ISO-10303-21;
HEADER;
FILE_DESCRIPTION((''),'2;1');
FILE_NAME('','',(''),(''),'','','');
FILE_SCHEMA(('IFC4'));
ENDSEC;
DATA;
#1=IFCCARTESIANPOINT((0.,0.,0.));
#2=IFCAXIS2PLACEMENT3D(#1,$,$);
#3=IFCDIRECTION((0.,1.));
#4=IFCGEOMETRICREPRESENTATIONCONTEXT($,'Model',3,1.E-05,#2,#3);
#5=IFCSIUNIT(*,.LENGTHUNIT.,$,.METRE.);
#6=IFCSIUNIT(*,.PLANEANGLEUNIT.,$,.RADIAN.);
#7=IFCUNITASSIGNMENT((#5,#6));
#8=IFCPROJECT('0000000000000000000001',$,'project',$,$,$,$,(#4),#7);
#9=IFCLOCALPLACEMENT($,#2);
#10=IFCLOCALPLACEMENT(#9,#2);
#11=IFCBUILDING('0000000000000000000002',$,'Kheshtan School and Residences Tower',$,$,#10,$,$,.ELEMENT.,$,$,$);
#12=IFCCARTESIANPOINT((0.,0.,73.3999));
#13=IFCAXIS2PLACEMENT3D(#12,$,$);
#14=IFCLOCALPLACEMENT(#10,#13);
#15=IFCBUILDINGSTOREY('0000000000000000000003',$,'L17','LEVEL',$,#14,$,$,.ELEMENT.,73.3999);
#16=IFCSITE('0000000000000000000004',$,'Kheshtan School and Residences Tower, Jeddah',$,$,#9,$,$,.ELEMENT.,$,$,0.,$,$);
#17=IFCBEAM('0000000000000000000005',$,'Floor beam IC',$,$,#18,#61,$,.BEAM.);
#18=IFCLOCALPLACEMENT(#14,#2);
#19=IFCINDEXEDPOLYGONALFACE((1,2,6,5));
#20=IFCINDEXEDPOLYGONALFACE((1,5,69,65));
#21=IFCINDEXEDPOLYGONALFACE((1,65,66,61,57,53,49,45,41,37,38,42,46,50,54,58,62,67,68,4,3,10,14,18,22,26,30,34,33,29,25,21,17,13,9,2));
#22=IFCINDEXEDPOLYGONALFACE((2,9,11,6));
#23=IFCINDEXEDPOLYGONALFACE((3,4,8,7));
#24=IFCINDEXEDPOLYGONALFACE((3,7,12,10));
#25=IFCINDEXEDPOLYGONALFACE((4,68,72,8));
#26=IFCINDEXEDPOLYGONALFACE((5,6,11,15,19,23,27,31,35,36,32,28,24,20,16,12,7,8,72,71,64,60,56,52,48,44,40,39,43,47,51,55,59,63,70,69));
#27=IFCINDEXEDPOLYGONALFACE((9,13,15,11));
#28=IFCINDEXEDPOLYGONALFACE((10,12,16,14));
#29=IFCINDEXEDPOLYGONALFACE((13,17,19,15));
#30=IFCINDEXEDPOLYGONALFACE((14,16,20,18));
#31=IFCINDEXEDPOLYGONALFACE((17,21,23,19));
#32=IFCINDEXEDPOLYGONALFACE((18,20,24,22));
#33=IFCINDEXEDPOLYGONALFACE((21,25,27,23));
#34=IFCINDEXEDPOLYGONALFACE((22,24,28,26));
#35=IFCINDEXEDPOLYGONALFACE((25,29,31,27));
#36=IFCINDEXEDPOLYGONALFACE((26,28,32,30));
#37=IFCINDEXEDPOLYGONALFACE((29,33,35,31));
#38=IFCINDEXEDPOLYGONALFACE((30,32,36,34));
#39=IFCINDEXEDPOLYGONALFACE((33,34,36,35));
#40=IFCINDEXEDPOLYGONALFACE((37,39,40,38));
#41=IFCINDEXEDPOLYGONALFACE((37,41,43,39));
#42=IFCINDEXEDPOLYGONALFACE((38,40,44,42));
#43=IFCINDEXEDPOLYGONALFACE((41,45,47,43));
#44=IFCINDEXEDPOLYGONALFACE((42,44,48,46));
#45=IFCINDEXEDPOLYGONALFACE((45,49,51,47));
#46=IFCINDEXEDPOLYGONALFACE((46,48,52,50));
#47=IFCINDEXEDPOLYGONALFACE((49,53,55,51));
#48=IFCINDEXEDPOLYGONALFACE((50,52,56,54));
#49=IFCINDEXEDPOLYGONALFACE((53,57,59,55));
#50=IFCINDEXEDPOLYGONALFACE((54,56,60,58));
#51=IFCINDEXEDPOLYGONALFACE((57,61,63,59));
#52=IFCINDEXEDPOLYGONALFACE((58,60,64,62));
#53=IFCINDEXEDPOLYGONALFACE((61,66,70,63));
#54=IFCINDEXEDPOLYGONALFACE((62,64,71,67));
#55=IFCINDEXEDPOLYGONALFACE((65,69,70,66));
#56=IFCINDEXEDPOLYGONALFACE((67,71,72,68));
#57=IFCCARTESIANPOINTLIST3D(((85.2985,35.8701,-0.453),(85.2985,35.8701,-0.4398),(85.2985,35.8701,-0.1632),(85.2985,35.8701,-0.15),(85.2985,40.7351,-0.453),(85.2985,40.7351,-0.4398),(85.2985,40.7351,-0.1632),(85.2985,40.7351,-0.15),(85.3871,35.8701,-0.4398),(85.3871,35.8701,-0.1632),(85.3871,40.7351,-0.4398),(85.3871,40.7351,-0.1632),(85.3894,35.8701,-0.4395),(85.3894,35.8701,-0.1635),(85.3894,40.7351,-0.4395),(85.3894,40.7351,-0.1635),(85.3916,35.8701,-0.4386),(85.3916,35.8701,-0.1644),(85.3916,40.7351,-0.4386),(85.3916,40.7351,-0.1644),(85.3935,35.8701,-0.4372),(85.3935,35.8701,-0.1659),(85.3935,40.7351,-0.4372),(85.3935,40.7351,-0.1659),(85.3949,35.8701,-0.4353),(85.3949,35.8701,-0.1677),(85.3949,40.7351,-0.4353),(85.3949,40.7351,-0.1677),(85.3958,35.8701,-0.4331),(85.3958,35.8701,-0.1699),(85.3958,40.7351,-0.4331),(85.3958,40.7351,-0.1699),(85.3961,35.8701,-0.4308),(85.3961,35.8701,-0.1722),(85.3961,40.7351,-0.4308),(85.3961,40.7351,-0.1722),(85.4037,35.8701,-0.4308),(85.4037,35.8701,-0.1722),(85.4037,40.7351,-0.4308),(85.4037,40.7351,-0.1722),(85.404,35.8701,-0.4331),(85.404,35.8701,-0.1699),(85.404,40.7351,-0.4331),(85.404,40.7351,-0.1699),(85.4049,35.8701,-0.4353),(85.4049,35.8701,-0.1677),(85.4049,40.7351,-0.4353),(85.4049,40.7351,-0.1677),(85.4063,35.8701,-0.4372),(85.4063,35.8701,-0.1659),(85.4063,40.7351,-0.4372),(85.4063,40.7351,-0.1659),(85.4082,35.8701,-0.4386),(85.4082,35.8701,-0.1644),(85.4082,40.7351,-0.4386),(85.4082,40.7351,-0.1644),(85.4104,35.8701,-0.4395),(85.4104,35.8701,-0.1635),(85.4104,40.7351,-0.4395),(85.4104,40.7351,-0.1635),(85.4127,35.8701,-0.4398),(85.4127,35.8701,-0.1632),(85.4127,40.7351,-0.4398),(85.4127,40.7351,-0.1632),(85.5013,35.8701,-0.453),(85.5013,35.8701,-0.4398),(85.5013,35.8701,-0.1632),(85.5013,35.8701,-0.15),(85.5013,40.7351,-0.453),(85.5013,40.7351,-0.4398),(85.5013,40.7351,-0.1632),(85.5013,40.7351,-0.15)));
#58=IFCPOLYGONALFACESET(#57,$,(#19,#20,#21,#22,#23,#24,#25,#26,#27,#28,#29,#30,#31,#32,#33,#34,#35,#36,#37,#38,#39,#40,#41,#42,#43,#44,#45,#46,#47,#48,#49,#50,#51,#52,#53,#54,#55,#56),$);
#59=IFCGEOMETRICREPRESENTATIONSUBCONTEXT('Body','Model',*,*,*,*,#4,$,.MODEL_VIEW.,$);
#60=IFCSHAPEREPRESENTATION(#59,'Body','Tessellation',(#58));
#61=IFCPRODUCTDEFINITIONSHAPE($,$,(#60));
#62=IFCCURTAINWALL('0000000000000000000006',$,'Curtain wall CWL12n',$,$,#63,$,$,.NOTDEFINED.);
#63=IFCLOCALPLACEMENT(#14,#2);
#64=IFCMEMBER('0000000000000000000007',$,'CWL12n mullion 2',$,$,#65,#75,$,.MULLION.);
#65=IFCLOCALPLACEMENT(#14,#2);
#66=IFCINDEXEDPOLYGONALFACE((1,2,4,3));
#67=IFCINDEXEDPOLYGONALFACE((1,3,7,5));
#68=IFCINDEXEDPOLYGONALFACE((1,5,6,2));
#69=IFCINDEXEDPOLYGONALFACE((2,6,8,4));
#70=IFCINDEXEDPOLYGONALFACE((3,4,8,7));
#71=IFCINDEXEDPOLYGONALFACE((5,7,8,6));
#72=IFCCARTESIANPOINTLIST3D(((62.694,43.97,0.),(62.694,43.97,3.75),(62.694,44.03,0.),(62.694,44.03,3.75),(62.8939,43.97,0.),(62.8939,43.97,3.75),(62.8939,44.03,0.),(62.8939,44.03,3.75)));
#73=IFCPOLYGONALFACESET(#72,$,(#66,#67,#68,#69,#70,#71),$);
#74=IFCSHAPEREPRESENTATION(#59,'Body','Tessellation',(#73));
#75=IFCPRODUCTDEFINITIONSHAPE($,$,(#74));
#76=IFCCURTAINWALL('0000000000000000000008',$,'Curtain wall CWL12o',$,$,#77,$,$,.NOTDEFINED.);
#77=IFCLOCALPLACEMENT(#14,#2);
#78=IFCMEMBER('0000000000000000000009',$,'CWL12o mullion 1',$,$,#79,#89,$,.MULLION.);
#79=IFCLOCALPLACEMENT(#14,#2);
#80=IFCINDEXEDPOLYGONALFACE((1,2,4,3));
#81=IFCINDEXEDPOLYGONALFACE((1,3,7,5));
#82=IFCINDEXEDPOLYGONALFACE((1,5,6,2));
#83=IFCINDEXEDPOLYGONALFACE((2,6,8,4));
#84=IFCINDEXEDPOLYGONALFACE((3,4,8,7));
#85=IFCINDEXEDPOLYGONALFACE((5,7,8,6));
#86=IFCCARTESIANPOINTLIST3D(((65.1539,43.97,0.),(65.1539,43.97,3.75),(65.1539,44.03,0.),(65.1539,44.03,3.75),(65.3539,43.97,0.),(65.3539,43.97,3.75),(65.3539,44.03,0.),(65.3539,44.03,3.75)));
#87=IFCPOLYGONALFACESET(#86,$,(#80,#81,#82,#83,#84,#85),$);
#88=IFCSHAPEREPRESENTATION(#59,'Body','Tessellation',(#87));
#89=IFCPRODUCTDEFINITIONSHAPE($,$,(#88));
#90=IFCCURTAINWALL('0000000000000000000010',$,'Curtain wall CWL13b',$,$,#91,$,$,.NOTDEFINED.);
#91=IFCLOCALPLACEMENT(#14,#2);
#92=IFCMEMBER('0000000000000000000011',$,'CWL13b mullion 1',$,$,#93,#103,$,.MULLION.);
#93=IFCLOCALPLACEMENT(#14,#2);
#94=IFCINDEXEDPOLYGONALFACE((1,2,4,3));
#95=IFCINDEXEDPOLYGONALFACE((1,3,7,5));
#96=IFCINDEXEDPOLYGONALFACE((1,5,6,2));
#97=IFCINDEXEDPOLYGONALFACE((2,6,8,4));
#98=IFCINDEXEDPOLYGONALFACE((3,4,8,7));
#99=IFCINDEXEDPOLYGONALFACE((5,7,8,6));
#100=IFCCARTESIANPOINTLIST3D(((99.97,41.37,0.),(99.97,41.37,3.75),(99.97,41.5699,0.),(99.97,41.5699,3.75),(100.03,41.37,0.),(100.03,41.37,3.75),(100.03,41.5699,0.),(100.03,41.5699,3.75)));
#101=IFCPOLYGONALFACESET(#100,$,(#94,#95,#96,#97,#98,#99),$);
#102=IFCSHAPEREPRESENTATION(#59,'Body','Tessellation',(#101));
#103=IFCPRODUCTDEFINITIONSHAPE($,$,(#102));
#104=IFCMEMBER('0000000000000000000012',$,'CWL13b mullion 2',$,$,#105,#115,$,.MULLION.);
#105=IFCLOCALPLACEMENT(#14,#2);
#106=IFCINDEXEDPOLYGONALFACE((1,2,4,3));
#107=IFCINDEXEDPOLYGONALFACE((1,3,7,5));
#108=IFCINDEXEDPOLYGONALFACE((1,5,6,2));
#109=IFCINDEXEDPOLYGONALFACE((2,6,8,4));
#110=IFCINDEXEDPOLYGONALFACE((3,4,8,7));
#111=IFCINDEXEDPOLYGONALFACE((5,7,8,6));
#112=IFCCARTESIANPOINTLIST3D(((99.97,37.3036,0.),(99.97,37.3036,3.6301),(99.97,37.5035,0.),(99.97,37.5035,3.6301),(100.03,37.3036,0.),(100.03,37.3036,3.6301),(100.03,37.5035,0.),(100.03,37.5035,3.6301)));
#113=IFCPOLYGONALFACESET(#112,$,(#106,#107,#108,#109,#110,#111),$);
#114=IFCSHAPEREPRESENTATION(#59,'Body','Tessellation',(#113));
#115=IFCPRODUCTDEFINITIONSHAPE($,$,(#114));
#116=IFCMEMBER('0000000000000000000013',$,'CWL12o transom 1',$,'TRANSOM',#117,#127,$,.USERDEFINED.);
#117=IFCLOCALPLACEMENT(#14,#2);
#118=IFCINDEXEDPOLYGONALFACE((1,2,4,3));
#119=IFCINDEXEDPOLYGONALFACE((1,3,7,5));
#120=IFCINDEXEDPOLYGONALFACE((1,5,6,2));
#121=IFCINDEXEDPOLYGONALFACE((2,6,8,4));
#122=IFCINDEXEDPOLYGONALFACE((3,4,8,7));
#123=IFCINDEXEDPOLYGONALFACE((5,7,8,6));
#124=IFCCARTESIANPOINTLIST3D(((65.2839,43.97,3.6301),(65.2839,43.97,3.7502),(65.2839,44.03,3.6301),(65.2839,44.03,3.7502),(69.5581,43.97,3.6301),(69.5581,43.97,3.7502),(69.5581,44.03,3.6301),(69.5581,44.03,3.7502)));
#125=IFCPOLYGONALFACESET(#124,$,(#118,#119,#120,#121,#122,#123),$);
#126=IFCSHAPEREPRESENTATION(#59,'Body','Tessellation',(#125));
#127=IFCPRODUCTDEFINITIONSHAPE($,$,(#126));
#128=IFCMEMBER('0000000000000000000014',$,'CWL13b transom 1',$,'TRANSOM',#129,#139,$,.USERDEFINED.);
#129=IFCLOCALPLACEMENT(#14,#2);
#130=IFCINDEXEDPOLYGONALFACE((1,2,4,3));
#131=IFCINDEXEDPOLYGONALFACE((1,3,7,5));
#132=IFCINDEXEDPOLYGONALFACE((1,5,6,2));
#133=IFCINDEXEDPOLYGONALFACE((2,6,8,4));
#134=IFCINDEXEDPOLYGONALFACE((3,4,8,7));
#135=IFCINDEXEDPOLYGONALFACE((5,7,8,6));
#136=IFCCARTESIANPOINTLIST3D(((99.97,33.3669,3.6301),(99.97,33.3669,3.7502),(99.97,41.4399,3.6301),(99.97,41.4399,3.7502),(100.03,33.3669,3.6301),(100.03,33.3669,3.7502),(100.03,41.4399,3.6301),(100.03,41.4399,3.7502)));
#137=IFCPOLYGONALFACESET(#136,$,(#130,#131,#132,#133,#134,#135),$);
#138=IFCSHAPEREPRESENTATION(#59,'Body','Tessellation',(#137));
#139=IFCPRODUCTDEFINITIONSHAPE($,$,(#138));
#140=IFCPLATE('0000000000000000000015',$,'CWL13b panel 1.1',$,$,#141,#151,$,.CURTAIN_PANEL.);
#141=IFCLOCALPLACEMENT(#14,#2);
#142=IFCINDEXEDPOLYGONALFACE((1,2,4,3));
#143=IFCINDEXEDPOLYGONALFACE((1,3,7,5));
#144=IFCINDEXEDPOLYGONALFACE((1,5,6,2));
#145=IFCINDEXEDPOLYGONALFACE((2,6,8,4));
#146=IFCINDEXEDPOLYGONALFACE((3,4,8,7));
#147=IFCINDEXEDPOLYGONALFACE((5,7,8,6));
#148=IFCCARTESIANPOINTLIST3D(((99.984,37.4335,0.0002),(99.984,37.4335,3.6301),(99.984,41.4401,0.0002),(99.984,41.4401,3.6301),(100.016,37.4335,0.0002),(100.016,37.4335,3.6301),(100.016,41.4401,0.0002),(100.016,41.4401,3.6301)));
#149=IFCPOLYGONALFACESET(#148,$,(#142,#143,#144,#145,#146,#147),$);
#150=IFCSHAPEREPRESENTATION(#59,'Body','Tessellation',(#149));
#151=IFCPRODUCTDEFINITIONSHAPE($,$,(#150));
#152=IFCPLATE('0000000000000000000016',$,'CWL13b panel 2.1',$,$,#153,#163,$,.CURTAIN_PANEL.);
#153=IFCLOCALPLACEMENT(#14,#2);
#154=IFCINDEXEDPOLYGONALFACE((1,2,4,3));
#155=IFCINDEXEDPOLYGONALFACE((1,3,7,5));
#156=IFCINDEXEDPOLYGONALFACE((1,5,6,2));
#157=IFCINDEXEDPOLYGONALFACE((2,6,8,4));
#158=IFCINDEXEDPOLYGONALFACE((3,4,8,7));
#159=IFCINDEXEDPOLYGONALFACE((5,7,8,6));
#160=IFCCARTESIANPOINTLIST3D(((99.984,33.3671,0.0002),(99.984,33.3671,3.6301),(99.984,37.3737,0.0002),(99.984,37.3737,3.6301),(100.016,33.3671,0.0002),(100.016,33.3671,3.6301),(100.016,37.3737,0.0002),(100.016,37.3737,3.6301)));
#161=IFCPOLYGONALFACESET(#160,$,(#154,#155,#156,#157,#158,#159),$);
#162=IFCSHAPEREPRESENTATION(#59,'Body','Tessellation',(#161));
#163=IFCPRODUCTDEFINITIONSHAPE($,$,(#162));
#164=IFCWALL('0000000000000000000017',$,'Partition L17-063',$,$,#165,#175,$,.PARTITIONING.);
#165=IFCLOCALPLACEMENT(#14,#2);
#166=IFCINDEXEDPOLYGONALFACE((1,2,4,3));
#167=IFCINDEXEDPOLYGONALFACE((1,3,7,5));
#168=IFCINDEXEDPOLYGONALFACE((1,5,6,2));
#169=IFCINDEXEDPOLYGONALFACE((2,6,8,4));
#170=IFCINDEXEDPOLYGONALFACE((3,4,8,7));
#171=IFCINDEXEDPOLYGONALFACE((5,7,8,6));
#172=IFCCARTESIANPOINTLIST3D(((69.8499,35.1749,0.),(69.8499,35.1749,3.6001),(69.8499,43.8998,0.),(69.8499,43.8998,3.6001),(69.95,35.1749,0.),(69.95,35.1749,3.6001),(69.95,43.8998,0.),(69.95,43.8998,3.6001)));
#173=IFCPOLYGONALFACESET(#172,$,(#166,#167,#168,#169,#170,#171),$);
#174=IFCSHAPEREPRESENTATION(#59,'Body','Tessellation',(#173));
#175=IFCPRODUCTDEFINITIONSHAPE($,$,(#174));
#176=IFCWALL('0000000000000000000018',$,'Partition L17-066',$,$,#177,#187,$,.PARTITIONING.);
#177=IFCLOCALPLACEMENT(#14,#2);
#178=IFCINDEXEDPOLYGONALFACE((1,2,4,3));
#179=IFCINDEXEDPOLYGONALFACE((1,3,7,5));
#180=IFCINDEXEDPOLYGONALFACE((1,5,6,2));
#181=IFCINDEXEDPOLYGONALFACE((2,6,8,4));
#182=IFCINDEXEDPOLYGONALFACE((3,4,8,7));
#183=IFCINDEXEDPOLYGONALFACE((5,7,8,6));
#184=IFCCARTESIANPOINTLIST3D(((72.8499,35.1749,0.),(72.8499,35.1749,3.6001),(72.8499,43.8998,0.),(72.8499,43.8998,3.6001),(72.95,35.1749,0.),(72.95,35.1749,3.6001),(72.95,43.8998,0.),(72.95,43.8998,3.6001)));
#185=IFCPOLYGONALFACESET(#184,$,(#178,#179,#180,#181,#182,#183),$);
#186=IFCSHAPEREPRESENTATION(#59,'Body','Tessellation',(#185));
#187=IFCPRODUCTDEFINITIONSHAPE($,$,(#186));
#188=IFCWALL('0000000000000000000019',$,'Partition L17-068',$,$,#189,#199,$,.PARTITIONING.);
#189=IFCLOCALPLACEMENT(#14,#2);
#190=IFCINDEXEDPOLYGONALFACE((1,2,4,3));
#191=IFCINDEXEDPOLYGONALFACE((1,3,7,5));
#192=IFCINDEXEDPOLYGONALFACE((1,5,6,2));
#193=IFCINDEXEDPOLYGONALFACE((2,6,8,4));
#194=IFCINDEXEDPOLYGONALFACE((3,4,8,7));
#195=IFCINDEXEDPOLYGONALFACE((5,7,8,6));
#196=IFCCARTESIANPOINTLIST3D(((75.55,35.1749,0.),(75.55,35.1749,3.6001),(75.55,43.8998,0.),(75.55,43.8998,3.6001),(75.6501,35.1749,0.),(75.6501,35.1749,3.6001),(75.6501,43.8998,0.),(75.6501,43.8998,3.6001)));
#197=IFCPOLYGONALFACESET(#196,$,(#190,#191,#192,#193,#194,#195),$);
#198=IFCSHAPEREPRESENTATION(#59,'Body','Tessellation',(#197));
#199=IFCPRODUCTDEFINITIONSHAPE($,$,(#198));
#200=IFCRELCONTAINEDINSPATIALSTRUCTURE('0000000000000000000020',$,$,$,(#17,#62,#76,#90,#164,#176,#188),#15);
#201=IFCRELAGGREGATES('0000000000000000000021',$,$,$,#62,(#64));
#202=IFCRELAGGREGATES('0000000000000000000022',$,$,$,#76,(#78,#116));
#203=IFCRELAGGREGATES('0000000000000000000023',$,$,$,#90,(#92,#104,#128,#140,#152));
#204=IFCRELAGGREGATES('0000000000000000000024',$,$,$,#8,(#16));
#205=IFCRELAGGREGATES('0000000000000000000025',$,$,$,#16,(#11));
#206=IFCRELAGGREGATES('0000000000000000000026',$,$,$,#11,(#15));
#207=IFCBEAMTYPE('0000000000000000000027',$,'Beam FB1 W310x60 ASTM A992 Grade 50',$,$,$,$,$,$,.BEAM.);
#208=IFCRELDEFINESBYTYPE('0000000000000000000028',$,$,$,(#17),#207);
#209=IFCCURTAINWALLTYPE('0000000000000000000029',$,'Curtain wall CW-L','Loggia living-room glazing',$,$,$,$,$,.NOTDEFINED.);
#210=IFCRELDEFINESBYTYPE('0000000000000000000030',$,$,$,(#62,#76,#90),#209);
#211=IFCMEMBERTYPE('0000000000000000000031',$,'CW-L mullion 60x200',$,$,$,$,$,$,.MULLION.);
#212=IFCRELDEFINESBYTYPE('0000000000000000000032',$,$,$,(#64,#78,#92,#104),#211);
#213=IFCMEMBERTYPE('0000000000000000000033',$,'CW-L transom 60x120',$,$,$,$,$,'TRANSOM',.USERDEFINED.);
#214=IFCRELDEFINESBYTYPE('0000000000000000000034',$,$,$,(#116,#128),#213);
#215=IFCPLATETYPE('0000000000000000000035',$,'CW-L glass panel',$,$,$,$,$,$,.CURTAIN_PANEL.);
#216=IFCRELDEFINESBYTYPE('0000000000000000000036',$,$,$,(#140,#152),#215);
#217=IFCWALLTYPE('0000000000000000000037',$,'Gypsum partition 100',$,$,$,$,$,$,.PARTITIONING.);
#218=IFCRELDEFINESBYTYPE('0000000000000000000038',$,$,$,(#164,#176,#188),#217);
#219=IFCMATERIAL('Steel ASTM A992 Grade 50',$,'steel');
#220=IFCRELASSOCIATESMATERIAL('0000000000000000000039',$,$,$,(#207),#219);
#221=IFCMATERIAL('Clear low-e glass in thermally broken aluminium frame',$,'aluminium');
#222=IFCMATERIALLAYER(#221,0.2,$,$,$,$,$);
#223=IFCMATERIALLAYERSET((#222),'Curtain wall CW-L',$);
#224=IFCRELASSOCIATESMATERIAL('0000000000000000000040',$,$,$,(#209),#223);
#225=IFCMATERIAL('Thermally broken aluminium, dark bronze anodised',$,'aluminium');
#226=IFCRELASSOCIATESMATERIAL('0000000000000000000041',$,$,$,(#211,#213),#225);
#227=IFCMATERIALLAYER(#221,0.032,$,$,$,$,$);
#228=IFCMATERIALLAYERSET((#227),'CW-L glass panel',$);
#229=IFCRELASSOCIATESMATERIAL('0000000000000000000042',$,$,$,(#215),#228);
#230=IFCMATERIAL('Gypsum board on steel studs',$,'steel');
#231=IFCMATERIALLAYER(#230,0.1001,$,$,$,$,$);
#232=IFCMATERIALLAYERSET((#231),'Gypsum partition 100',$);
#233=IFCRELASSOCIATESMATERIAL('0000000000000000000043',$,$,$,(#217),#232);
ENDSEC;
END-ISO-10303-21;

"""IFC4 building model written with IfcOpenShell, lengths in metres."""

from ifc_helpers import new_model, si_unit, direction, frame, frame_2d, origin, origin_2d, place, context, subcontext, project, spatial, rectangle, i_section, extrude, material, layer, layer_set, material_profile, profile_set, type_object, element, aggregate, save


model = new_model("IFC4")

# Units and contexts
model_context = context("Model", 3, precision=1e-05, world=origin(), true_north=direction((0.0, 1.0)))
body_context = subcontext(model_context, "Body", "Model", "MODEL_VIEW")
ifc_project = project(units=[si_unit("LENGTHUNIT", "METRE"), si_unit("PLANEANGLEUNIT", "RADIAN")], contexts=[model_context])

# Site, building, storey
site_placement = place(None, origin())
site = spatial("IfcSite", under=ifc_project, at=site_placement, Name="Kheshtan School and Residences Tower, Jeddah", CompositionType="ELEMENT", RefElevation=0.0)
building_placement = place(site_placement, origin())
building = spatial("IfcBuilding", under=site, at=building_placement, Name="Kheshtan School and Residences Tower", CompositionType="ELEMENT")
storey_placement = place(building_placement, frame((0.0, 0.0, 73.3999)))
storey = spatial("IfcBuildingStorey", under=building, at=storey_placement, Name="L17", Description="LEVEL", CompositionType="ELEMENT", Elevation=73.3999)

# Beam
ifc_material_1 = material(Name="Steel ASTM A992 Grade 50", Category="steel")
ifc_material_profile_1 = material_profile(ifc_material_1, i_section(OverallWidth=0.2029, OverallDepth=0.303, WebThickness=0.0076, FlangeThickness=0.0132, FilletRadius=0.009, at=origin_2d()), Name="W310x60")
ifc_profile_set_1 = profile_set([ifc_material_profile_1], Name="Steel ASTM A992 Grade 50")
beam_type = type_object("IfcBeamType", Name="Beam FB1 W310x60 ASTM A992 Grade 50", PredefinedType="BEAM", material=ifc_profile_set_1)
beam_placement = place(storey_placement, frame((85.3999, 40.7351, -0.3015), z_axis=(0.0, -1.0, 0.0), x_axis=(1.0, 0.0, 0.0)))
element("IfcBeam", 1, at=beam_placement, inside=storey, type_object=beam_type, Name="Floor beam IC", PredefinedType="BEAM", context=body_context, shape_type="SweptSolid", body=[
    extrude(i_section(OverallWidth=0.2029, OverallDepth=0.303, WebThickness=0.0076, FlangeThickness=0.0132, FilletRadius=0.009, at=origin_2d()), origin(), (0.0, 0.0, 1.0), 4.865),
])

# Curtain walls, members
ifc_material_2 = material(Name="Clear low-e glass in thermally broken aluminium frame", Category="aluminium")
ifc_layer_1 = layer(ifc_material_2, 0.2)
ifc_layer_set_1 = layer_set([ifc_layer_1], Name="Curtain wall CW-L")
curtain_wall_type = type_object("IfcCurtainWallType", Name="Curtain wall CW-L", Description="Loggia living-room glazing", PredefinedType="NOTDEFINED", material=ifc_layer_set_1)
curtain_wall_1_placement = place(storey_placement, origin())
curtain_wall_1 = element("IfcCurtainWall", 2, at=curtain_wall_1_placement, inside=storey, type_object=curtain_wall_type, Name="Curtain wall CWL12n", PredefinedType="NOTDEFINED")
ifc_material_3 = material(Name="Thermally broken aluminium, dark bronze anodised", Category="aluminium")
ifc_material_profile_2 = material_profile(ifc_material_3, rectangle(XDim=0.0601, YDim=0.2, at=origin_2d()), Name="CW-L mullion 60x200")
ifc_profile_set_2 = profile_set([ifc_material_profile_2], Name="Thermally broken aluminium, dark bronze anodised")
member_type_1 = type_object("IfcMemberType", Name="CW-L mullion 60x200", PredefinedType="MULLION", material=ifc_profile_set_2)
member_1_placement = place(storey_placement, frame((62.7939, 44.0, 0.0), z_axis=(0.0, 0.0, 1.0), x_axis=(0.0, 1.0, 0.0)))
member_1 = element("IfcMember", 3, at=member_1_placement, type_object=member_type_1, Name="CWL12n mullion 2", PredefinedType="MULLION", context=body_context, shape_type="SweptSolid", body=[
    extrude(rectangle(XDim=0.0601, YDim=0.2, at=origin_2d()), origin(), (0.0, 0.0, 1.0), 3.75),
])
aggregate(curtain_wall_1, [member_1])
curtain_wall_2_placement = place(storey_placement, origin())
curtain_wall_2 = element("IfcCurtainWall", 4, at=curtain_wall_2_placement, inside=storey, type_object=curtain_wall_type, Name="Curtain wall CWL12o", PredefinedType="NOTDEFINED")
member_2_placement = place(storey_placement, frame((65.2539, 44.0, 0.0), z_axis=(0.0, 0.0, 1.0), x_axis=(0.0, 1.0, 0.0)))
member_2 = element("IfcMember", 5, at=member_2_placement, type_object=member_type_1, Name="CWL12o mullion 1", PredefinedType="MULLION", context=body_context, shape_type="SweptSolid", body=[
    extrude(rectangle(XDim=0.0601, YDim=0.2, at=origin_2d()), origin(), (0.0, 0.0, 1.0), 3.75),
])

# Curtain wall, members
curtain_wall_3_placement = place(storey_placement, origin())
curtain_wall_3 = element("IfcCurtainWall", 6, at=curtain_wall_3_placement, inside=storey, type_object=curtain_wall_type, Name="Curtain wall CWL13b", PredefinedType="NOTDEFINED")
member_3_placement = place(storey_placement, frame((100.0, 41.47, 0.0), z_axis=(0.0, 0.0, 1.0), x_axis=(1.0, 0.0, 0.0)))
member_3 = element("IfcMember", 7, at=member_3_placement, type_object=member_type_1, Name="CWL13b mullion 1", PredefinedType="MULLION", context=body_context, shape_type="SweptSolid", body=[
    extrude(rectangle(XDim=0.0601, YDim=0.2, at=origin_2d()), origin(), (0.0, 0.0, 1.0), 3.75),
])
member_4_placement = place(storey_placement, frame((100.0, 37.4036, 0.0), z_axis=(0.0, 0.0, 1.0), x_axis=(1.0, 0.0, 0.0)))
member_4 = element("IfcMember", 8, at=member_4_placement, type_object=member_type_1, Name="CWL13b mullion 2", PredefinedType="MULLION", context=body_context, shape_type="SweptSolid", body=[
    extrude(rectangle(XDim=0.0601, YDim=0.2, at=origin_2d()), origin(), (0.0, 0.0, 1.0), 3.6301),
])

# Members
ifc_material_profile_3 = material_profile(ifc_material_3, rectangle(XDim=0.0601, YDim=0.1201, at=origin_2d()), Name="CW-L transom 60x120")
ifc_profile_set_3 = profile_set([ifc_material_profile_3], Name="Thermally broken aluminium, dark bronze anodised")
member_type_2 = type_object("IfcMemberType", Name="CW-L transom 60x120", ElementType="TRANSOM", PredefinedType="USERDEFINED", material=ifc_profile_set_3)
member_5_placement = place(storey_placement, frame((65.2839, 44.0, 3.6902), z_axis=(1.0, 0.0, 0.0), x_axis=(0.0, 1.0, 0.0)))
member_5 = element("IfcMember", 9, at=member_5_placement, type_object=member_type_2, Name="CWL12o transom 1", ObjectType="TRANSOM", PredefinedType="USERDEFINED", context=body_context, shape_type="SweptSolid", body=[
    extrude(rectangle(XDim=0.0601, YDim=0.1201, at=origin_2d()), origin(), (0.0, 0.0, 1.0), 4.2742),
])
aggregate(curtain_wall_2, [member_2, member_5])
member_6_placement = place(storey_placement, frame((100.0, 41.4399, 3.6902), z_axis=(0.0, -1.0, 0.0), x_axis=(1.0, 0.0, 0.0)))
member_6 = element("IfcMember", 10, at=member_6_placement, type_object=member_type_2, Name="CWL13b transom 1", ObjectType="TRANSOM", PredefinedType="USERDEFINED", context=body_context, shape_type="SweptSolid", body=[
    extrude(rectangle(XDim=0.0601, YDim=0.1201, at=origin_2d()), origin(), (0.0, 0.0, 1.0), 8.073),
])

# Plates
ifc_layer_2 = layer(ifc_material_2, 0.032)
ifc_layer_set_2 = layer_set([ifc_layer_2], Name="CW-L glass panel")
plate_type = type_object("IfcPlateType", Name="CW-L glass panel", PredefinedType="CURTAIN_PANEL", material=ifc_layer_set_2)
plate_1_placement = place(storey_placement, frame((100.0, 39.4368, 0.0002), z_axis=(0.0, 0.0, 1.0), x_axis=(0.0, -1.0, 0.0)))
plate_1 = element("IfcPlate", 11, at=plate_1_placement, type_object=plate_type, Name="CWL13b panel 1.1", PredefinedType="CURTAIN_PANEL", context=body_context, shape_type="SweptSolid", body=[
    extrude(rectangle(XDim=4.0066, YDim=0.032, at=origin_2d()), origin(), (0.0, 0.0, 1.0), 3.6299),
])
plate_2_placement = place(storey_placement, frame((100.0, 35.3704, 0.0002), z_axis=(0.0, 0.0, 1.0), x_axis=(0.0, -1.0, 0.0)))
plate_2 = element("IfcPlate", 12, at=plate_2_placement, type_object=plate_type, Name="CWL13b panel 2.1", PredefinedType="CURTAIN_PANEL", context=body_context, shape_type="SweptSolid", body=[
    extrude(rectangle(XDim=4.0066, YDim=0.032, at=origin_2d()), origin(), (0.0, 0.0, 1.0), 3.6299),
])
aggregate(curtain_wall_3, [member_3, member_4, member_6, plate_1, plate_2])

# Walls
ifc_material_4 = material(Name="Gypsum board on steel studs", Category="steel")
ifc_layer_3 = layer(ifc_material_4, 0.1001)
ifc_layer_set_3 = layer_set([ifc_layer_3], Name="Gypsum partition 100")
wall_type_1 = type_object("IfcWallType", Name="Gypsum partition 100", PredefinedType="PARTITIONING", material=ifc_layer_set_3)
for number, where, z_axis, x_axis, name in (
    (13, (69.8999, 35.175, 0.0), (0.0, 0.0, 1.0), (0.0, 1.0, 0.0), "Partition L17-063"),
    (14, (72.8999, 35.175, 0.0), (0.0, 0.0, 1.0), (0.0, 1.0, 0.0), "Partition L17-066"),
    (15, (75.6001, 35.175, 0.0), (0.0, 0.0, 1.0), (0.0, 1.0, 0.0), "Partition L17-068"),
):
    element("IfcWall", number, at=place(storey_placement, frame(where, z_axis=z_axis, x_axis=x_axis)), inside=storey, type_object=wall_type_1, Name=name, PredefinedType="PARTITIONING", context=body_context, shape_type="SweptSolid", body=[
        extrude(rectangle(XDim=8.7249, YDim=0.1001, at=frame_2d((4.3623, 0.0))), origin(), (0.0, 0.0, 1.0), 3.6001),
    ])

save(model, "model.ifc")
